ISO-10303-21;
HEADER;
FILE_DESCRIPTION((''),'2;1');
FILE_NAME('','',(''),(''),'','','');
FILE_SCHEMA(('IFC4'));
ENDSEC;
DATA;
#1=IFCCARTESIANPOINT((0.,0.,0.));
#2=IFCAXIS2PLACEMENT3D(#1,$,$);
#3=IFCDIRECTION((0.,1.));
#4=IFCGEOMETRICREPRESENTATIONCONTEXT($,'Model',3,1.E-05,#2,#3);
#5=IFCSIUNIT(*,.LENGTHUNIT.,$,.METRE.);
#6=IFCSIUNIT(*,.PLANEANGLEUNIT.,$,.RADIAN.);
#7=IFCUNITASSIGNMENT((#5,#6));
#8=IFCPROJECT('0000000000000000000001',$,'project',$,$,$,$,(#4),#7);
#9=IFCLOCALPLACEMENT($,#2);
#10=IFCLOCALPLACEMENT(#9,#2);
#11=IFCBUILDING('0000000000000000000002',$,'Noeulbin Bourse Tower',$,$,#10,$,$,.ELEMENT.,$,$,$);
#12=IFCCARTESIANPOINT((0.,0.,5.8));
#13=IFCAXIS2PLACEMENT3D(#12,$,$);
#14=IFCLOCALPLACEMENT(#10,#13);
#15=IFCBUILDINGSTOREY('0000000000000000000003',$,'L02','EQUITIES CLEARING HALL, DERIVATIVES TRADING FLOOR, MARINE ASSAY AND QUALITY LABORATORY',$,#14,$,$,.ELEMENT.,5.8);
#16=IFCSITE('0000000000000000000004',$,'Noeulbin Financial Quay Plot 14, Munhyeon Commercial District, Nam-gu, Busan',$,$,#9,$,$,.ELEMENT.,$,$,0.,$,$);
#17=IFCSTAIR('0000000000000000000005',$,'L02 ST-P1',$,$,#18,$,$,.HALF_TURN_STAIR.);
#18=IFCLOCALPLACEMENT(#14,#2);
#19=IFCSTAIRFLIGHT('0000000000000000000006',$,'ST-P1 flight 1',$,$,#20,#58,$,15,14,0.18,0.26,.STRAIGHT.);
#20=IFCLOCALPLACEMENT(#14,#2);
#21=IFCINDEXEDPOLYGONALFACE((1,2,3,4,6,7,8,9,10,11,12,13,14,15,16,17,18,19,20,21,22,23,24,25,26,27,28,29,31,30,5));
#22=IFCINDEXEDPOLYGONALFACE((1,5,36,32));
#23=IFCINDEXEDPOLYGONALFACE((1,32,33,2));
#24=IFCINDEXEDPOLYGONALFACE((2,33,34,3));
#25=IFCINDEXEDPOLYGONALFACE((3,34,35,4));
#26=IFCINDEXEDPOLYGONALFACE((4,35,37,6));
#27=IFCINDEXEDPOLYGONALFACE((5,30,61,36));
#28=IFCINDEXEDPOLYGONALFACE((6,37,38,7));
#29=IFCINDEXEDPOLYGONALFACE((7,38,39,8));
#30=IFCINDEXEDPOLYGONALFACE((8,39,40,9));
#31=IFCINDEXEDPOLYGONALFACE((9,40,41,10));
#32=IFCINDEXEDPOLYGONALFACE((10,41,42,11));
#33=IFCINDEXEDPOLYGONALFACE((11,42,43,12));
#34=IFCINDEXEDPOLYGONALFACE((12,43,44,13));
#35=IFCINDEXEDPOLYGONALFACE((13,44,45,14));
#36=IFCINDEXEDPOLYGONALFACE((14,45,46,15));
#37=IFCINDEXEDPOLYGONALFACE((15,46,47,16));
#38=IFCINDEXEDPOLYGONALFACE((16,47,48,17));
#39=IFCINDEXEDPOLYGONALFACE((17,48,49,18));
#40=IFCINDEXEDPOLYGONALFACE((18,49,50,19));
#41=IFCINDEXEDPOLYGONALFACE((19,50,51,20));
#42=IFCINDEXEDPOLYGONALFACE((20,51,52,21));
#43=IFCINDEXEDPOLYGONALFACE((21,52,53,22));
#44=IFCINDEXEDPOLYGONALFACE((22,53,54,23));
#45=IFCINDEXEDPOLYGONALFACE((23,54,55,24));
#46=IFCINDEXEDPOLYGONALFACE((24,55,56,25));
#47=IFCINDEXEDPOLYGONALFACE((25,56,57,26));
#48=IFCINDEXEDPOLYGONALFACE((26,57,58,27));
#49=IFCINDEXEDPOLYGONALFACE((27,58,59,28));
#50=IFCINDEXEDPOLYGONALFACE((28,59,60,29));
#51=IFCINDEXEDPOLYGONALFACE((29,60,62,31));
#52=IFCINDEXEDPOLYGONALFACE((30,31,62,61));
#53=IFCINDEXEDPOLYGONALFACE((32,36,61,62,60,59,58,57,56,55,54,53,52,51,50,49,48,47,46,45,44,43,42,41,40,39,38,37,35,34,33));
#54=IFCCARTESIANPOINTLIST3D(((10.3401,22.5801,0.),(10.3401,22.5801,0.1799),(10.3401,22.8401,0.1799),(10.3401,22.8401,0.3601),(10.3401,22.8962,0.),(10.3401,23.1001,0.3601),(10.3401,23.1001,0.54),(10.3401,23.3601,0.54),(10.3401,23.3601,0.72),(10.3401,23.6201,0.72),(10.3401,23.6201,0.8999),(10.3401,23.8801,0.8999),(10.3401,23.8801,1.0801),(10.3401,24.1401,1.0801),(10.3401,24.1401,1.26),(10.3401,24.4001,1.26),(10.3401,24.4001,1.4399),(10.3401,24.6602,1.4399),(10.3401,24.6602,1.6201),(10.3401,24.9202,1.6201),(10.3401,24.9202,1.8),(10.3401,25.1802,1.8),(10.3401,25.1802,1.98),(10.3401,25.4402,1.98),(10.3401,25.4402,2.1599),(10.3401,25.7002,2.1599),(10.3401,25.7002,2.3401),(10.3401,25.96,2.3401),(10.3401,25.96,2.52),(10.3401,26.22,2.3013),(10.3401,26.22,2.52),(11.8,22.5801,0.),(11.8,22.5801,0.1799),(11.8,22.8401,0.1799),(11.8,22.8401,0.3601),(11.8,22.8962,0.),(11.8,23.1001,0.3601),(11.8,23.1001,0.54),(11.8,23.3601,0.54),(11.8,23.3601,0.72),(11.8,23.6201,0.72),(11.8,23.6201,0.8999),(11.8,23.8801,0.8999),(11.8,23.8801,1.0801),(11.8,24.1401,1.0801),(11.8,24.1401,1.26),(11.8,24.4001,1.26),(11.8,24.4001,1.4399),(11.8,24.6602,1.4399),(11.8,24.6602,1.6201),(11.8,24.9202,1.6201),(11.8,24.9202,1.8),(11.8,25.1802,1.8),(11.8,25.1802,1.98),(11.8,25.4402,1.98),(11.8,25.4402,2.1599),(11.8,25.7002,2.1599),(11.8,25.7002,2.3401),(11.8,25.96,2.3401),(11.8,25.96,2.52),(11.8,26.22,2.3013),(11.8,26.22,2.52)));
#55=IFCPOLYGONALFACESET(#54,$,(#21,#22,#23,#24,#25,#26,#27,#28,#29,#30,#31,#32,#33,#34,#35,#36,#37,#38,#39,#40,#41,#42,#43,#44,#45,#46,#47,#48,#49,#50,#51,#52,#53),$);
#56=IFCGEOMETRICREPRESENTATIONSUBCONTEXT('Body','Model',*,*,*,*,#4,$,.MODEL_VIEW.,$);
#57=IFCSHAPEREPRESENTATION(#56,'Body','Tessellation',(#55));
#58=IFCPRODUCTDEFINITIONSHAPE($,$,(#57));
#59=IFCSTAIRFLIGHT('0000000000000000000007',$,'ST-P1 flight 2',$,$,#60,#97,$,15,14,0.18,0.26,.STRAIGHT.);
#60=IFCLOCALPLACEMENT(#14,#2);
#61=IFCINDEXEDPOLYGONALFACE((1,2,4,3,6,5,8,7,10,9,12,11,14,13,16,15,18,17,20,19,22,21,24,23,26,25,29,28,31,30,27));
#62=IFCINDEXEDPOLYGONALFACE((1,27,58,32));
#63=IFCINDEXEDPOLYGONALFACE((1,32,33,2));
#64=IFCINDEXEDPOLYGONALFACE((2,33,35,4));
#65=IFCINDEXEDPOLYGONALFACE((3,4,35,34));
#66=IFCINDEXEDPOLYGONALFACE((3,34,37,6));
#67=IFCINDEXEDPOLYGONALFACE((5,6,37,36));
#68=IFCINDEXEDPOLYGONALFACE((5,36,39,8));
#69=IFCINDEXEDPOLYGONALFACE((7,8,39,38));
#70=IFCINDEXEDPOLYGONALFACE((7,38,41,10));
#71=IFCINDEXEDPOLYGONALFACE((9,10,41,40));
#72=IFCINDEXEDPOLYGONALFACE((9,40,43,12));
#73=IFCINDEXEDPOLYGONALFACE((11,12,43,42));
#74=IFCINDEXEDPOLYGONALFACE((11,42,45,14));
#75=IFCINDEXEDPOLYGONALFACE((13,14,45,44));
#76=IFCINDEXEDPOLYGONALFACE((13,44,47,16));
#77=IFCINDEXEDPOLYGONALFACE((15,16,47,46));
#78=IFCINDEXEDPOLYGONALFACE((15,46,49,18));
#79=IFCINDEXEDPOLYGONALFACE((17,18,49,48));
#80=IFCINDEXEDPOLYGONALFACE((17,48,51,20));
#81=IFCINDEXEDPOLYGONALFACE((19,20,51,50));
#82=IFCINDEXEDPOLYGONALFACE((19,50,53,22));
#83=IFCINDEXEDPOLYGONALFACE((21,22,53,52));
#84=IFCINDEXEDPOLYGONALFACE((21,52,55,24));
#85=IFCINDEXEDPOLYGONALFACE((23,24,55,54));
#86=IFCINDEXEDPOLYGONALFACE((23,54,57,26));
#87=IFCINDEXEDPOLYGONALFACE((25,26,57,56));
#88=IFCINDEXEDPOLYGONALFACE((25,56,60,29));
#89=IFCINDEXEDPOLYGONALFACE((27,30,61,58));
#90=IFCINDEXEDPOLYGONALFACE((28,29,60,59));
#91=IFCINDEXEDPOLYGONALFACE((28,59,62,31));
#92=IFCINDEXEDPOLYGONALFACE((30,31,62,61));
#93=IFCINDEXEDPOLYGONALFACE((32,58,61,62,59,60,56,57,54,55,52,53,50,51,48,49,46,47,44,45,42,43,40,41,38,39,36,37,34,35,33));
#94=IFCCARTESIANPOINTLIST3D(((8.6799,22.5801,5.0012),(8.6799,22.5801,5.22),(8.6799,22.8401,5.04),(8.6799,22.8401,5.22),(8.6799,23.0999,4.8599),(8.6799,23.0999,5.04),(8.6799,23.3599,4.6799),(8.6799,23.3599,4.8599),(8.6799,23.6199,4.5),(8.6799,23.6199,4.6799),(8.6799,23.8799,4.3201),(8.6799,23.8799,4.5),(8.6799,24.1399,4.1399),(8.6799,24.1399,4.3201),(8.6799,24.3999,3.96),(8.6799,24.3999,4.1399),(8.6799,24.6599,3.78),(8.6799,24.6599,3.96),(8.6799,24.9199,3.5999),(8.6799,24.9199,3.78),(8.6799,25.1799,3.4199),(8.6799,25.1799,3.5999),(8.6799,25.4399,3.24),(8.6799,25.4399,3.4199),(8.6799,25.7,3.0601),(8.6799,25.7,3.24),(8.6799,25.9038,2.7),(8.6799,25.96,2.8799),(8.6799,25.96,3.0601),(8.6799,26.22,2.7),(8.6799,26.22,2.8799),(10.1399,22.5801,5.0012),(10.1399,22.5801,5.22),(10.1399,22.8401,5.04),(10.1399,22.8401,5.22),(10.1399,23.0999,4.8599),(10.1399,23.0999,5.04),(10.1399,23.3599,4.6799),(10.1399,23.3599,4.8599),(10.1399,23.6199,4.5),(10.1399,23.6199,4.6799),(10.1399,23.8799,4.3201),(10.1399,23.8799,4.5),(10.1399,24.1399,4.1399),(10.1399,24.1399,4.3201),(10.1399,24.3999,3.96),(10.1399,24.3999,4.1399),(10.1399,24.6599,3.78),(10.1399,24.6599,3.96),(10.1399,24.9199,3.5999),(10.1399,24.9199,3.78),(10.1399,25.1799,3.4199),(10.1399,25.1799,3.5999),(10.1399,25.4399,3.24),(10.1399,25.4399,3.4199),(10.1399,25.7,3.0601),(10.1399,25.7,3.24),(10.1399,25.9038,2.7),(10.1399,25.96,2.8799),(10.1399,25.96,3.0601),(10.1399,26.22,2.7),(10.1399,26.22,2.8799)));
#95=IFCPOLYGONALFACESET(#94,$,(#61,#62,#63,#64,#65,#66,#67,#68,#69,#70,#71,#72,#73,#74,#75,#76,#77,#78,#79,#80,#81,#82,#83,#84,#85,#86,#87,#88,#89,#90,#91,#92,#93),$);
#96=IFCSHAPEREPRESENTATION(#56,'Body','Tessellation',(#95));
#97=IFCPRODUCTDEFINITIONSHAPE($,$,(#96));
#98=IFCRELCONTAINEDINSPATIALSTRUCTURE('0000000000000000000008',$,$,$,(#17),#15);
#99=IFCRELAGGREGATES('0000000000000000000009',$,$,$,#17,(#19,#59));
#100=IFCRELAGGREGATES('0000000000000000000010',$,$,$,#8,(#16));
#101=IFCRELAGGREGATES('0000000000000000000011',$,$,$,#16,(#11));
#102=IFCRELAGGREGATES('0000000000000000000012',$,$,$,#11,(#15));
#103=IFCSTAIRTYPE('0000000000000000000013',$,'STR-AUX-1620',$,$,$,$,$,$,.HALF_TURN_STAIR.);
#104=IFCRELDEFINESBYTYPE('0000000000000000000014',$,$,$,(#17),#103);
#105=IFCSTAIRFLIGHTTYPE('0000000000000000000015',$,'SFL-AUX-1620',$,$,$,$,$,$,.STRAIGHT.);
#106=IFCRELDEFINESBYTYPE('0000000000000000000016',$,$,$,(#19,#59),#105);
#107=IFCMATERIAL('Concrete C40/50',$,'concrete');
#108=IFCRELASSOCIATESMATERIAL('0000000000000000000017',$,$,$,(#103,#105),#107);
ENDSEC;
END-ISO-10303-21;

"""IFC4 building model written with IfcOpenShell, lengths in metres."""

from ifc_helpers import new_model, si_unit, direction, frame, origin, place, context, subcontext, project, spatial, polyline, outline, extrude, material, type_object, element, aggregate, save


model = new_model("IFC4")

# Units and contexts
model_context = context("Model", 3, precision=1e-05, world=origin(), true_north=direction((0.0, 1.0)))
body_context = subcontext(model_context, "Body", "Model", "MODEL_VIEW")
ifc_project = project(units=[si_unit("LENGTHUNIT", "METRE"), si_unit("PLANEANGLEUNIT", "RADIAN")], contexts=[model_context])

# Site, building, storey
site_placement = place(None, origin())
site = spatial("IfcSite", under=ifc_project, at=site_placement, Name="Noeulbin Financial Quay Plot 14, Munhyeon Commercial District, Nam-gu, Busan", CompositionType="ELEMENT", RefElevation=0.0)
building_placement = place(site_placement, origin())
building = spatial("IfcBuilding", under=site, at=building_placement, Name="Noeulbin Bourse Tower", CompositionType="ELEMENT")
storey_placement = place(building_placement, frame((0.0, 0.0, 5.8)))
storey = spatial("IfcBuildingStorey", under=building, at=storey_placement, Name="L02", Description="EQUITIES CLEARING HALL, DERIVATIVES TRADING FLOOR, MARINE ASSAY AND QUALITY LABORATORY", CompositionType="ELEMENT", Elevation=5.8)

# Shared definitions
ifc_material_1 = material(Name="Concrete C40/50", Category="concrete")

# Stair, stair flights
stair_type = type_object("IfcStairType", Name="STR-AUX-1620", PredefinedType="HALF_TURN_STAIR", material=ifc_material_1)
stair_placement = place(storey_placement, origin())
stair = element("IfcStair", 1, at=stair_placement, inside=storey, type_object=stair_type, Name="L02 ST-P1", PredefinedType="HALF_TURN_STAIR")
stair_flight_type = type_object("IfcStairFlightType", Name="SFL-AUX-1620", PredefinedType="STRAIGHT", material=ifc_material_1)
stair_flight_1_placement = place(storey_placement, frame((11.0701, 22.5801, 0.0), z_axis=(0.0, 0.0, 1.0), x_axis=(0.0, 1.0, 0.0)))
stair_flight_1 = element("IfcStairFlight", 2, at=stair_flight_1_placement, type_object=stair_flight_type, Name="ST-P1 flight 1", NumberOfRisers=15, NumberOfTreads=14, PredefinedType="STRAIGHT", RiserHeight=0.18, TreadLength=0.26, context=body_context, shape_type="SweptSolid", body=[
    extrude(outline(polyline([(0.0, 0.0), (0.0, 0.1799), (0.26, 0.1799), (0.26, 0.3601), (0.52, 0.3601), (0.52, 0.54), (0.78, 0.54), (0.78, 0.72), (1.04, 0.72), (1.04, 0.8999), (1.3, 0.8999), (1.3, 1.0801), (1.5601, 1.0801), (1.5601, 1.26), (1.8201, 1.26), (1.8201, 1.4399), (2.0801, 1.4399), (2.0801, 1.6201), (2.3401, 1.6201), (2.3401, 1.8), (2.6001, 1.8), (2.6001, 1.98), (2.8601, 1.98), (2.8601, 2.1599), (3.1201, 2.1599), (3.1201, 2.3401), (3.3799, 2.3401), (3.3799, 2.52), (3.6399, 2.52), (3.6399, 2.7), (3.6399, 2.3013), (0.3162, 0.0), (0.0, 0.0)])), frame((0.0, 0.73, 0.0), z_axis=(0.0, -1.0, 0.0), x_axis=(1.0, 0.0, 0.0)), (0.0, 0.0, 1.0), 1.46),
])
stair_flight_2_placement = place(storey_placement, frame((9.4099, 26.22, 2.7), z_axis=(0.0, 0.0, 1.0), x_axis=(0.0, -1.0, 0.0)))
stair_flight_2 = element("IfcStairFlight", 3, at=stair_flight_2_placement, type_object=stair_flight_type, Name="ST-P1 flight 2", NumberOfRisers=15, NumberOfTreads=14, PredefinedType="STRAIGHT", RiserHeight=0.18, TreadLength=0.26, context=body_context, shape_type="SweptSolid", body=[
    extrude(outline(polyline([(0.0, 0.0), (0.0, 0.1799), (0.26, 0.1799), (0.26, 0.3601), (0.52, 0.3601), (0.52, 0.54), (0.78, 0.54), (0.78, 0.72), (1.04, 0.72), (1.04, 0.8999), (1.3, 0.8999), (1.3, 1.0801), (1.5601, 1.0801), (1.5601, 1.26), (1.8201, 1.26), (1.8201, 1.4399), (2.0801, 1.4399), (2.0801, 1.6201), (2.3401, 1.6201), (2.3401, 1.8), (2.6001, 1.8), (2.6001, 1.98), (2.8601, 1.98), (2.8601, 2.1599), (3.1201, 2.1599), (3.1201, 2.3401), (3.3799, 2.3401), (3.3799, 2.52), (3.6399, 2.52), (3.6399, 2.7), (3.6399, 2.3013), (0.3162, 0.0), (0.0, 0.0)])), frame((0.0, 0.73, 0.0), z_axis=(0.0, -1.0, 0.0), x_axis=(1.0, 0.0, 0.0)), (0.0, 0.0, 1.0), 1.46),
])
aggregate(stair, [stair_flight_1, stair_flight_2])

save(model, "model.ifc")
